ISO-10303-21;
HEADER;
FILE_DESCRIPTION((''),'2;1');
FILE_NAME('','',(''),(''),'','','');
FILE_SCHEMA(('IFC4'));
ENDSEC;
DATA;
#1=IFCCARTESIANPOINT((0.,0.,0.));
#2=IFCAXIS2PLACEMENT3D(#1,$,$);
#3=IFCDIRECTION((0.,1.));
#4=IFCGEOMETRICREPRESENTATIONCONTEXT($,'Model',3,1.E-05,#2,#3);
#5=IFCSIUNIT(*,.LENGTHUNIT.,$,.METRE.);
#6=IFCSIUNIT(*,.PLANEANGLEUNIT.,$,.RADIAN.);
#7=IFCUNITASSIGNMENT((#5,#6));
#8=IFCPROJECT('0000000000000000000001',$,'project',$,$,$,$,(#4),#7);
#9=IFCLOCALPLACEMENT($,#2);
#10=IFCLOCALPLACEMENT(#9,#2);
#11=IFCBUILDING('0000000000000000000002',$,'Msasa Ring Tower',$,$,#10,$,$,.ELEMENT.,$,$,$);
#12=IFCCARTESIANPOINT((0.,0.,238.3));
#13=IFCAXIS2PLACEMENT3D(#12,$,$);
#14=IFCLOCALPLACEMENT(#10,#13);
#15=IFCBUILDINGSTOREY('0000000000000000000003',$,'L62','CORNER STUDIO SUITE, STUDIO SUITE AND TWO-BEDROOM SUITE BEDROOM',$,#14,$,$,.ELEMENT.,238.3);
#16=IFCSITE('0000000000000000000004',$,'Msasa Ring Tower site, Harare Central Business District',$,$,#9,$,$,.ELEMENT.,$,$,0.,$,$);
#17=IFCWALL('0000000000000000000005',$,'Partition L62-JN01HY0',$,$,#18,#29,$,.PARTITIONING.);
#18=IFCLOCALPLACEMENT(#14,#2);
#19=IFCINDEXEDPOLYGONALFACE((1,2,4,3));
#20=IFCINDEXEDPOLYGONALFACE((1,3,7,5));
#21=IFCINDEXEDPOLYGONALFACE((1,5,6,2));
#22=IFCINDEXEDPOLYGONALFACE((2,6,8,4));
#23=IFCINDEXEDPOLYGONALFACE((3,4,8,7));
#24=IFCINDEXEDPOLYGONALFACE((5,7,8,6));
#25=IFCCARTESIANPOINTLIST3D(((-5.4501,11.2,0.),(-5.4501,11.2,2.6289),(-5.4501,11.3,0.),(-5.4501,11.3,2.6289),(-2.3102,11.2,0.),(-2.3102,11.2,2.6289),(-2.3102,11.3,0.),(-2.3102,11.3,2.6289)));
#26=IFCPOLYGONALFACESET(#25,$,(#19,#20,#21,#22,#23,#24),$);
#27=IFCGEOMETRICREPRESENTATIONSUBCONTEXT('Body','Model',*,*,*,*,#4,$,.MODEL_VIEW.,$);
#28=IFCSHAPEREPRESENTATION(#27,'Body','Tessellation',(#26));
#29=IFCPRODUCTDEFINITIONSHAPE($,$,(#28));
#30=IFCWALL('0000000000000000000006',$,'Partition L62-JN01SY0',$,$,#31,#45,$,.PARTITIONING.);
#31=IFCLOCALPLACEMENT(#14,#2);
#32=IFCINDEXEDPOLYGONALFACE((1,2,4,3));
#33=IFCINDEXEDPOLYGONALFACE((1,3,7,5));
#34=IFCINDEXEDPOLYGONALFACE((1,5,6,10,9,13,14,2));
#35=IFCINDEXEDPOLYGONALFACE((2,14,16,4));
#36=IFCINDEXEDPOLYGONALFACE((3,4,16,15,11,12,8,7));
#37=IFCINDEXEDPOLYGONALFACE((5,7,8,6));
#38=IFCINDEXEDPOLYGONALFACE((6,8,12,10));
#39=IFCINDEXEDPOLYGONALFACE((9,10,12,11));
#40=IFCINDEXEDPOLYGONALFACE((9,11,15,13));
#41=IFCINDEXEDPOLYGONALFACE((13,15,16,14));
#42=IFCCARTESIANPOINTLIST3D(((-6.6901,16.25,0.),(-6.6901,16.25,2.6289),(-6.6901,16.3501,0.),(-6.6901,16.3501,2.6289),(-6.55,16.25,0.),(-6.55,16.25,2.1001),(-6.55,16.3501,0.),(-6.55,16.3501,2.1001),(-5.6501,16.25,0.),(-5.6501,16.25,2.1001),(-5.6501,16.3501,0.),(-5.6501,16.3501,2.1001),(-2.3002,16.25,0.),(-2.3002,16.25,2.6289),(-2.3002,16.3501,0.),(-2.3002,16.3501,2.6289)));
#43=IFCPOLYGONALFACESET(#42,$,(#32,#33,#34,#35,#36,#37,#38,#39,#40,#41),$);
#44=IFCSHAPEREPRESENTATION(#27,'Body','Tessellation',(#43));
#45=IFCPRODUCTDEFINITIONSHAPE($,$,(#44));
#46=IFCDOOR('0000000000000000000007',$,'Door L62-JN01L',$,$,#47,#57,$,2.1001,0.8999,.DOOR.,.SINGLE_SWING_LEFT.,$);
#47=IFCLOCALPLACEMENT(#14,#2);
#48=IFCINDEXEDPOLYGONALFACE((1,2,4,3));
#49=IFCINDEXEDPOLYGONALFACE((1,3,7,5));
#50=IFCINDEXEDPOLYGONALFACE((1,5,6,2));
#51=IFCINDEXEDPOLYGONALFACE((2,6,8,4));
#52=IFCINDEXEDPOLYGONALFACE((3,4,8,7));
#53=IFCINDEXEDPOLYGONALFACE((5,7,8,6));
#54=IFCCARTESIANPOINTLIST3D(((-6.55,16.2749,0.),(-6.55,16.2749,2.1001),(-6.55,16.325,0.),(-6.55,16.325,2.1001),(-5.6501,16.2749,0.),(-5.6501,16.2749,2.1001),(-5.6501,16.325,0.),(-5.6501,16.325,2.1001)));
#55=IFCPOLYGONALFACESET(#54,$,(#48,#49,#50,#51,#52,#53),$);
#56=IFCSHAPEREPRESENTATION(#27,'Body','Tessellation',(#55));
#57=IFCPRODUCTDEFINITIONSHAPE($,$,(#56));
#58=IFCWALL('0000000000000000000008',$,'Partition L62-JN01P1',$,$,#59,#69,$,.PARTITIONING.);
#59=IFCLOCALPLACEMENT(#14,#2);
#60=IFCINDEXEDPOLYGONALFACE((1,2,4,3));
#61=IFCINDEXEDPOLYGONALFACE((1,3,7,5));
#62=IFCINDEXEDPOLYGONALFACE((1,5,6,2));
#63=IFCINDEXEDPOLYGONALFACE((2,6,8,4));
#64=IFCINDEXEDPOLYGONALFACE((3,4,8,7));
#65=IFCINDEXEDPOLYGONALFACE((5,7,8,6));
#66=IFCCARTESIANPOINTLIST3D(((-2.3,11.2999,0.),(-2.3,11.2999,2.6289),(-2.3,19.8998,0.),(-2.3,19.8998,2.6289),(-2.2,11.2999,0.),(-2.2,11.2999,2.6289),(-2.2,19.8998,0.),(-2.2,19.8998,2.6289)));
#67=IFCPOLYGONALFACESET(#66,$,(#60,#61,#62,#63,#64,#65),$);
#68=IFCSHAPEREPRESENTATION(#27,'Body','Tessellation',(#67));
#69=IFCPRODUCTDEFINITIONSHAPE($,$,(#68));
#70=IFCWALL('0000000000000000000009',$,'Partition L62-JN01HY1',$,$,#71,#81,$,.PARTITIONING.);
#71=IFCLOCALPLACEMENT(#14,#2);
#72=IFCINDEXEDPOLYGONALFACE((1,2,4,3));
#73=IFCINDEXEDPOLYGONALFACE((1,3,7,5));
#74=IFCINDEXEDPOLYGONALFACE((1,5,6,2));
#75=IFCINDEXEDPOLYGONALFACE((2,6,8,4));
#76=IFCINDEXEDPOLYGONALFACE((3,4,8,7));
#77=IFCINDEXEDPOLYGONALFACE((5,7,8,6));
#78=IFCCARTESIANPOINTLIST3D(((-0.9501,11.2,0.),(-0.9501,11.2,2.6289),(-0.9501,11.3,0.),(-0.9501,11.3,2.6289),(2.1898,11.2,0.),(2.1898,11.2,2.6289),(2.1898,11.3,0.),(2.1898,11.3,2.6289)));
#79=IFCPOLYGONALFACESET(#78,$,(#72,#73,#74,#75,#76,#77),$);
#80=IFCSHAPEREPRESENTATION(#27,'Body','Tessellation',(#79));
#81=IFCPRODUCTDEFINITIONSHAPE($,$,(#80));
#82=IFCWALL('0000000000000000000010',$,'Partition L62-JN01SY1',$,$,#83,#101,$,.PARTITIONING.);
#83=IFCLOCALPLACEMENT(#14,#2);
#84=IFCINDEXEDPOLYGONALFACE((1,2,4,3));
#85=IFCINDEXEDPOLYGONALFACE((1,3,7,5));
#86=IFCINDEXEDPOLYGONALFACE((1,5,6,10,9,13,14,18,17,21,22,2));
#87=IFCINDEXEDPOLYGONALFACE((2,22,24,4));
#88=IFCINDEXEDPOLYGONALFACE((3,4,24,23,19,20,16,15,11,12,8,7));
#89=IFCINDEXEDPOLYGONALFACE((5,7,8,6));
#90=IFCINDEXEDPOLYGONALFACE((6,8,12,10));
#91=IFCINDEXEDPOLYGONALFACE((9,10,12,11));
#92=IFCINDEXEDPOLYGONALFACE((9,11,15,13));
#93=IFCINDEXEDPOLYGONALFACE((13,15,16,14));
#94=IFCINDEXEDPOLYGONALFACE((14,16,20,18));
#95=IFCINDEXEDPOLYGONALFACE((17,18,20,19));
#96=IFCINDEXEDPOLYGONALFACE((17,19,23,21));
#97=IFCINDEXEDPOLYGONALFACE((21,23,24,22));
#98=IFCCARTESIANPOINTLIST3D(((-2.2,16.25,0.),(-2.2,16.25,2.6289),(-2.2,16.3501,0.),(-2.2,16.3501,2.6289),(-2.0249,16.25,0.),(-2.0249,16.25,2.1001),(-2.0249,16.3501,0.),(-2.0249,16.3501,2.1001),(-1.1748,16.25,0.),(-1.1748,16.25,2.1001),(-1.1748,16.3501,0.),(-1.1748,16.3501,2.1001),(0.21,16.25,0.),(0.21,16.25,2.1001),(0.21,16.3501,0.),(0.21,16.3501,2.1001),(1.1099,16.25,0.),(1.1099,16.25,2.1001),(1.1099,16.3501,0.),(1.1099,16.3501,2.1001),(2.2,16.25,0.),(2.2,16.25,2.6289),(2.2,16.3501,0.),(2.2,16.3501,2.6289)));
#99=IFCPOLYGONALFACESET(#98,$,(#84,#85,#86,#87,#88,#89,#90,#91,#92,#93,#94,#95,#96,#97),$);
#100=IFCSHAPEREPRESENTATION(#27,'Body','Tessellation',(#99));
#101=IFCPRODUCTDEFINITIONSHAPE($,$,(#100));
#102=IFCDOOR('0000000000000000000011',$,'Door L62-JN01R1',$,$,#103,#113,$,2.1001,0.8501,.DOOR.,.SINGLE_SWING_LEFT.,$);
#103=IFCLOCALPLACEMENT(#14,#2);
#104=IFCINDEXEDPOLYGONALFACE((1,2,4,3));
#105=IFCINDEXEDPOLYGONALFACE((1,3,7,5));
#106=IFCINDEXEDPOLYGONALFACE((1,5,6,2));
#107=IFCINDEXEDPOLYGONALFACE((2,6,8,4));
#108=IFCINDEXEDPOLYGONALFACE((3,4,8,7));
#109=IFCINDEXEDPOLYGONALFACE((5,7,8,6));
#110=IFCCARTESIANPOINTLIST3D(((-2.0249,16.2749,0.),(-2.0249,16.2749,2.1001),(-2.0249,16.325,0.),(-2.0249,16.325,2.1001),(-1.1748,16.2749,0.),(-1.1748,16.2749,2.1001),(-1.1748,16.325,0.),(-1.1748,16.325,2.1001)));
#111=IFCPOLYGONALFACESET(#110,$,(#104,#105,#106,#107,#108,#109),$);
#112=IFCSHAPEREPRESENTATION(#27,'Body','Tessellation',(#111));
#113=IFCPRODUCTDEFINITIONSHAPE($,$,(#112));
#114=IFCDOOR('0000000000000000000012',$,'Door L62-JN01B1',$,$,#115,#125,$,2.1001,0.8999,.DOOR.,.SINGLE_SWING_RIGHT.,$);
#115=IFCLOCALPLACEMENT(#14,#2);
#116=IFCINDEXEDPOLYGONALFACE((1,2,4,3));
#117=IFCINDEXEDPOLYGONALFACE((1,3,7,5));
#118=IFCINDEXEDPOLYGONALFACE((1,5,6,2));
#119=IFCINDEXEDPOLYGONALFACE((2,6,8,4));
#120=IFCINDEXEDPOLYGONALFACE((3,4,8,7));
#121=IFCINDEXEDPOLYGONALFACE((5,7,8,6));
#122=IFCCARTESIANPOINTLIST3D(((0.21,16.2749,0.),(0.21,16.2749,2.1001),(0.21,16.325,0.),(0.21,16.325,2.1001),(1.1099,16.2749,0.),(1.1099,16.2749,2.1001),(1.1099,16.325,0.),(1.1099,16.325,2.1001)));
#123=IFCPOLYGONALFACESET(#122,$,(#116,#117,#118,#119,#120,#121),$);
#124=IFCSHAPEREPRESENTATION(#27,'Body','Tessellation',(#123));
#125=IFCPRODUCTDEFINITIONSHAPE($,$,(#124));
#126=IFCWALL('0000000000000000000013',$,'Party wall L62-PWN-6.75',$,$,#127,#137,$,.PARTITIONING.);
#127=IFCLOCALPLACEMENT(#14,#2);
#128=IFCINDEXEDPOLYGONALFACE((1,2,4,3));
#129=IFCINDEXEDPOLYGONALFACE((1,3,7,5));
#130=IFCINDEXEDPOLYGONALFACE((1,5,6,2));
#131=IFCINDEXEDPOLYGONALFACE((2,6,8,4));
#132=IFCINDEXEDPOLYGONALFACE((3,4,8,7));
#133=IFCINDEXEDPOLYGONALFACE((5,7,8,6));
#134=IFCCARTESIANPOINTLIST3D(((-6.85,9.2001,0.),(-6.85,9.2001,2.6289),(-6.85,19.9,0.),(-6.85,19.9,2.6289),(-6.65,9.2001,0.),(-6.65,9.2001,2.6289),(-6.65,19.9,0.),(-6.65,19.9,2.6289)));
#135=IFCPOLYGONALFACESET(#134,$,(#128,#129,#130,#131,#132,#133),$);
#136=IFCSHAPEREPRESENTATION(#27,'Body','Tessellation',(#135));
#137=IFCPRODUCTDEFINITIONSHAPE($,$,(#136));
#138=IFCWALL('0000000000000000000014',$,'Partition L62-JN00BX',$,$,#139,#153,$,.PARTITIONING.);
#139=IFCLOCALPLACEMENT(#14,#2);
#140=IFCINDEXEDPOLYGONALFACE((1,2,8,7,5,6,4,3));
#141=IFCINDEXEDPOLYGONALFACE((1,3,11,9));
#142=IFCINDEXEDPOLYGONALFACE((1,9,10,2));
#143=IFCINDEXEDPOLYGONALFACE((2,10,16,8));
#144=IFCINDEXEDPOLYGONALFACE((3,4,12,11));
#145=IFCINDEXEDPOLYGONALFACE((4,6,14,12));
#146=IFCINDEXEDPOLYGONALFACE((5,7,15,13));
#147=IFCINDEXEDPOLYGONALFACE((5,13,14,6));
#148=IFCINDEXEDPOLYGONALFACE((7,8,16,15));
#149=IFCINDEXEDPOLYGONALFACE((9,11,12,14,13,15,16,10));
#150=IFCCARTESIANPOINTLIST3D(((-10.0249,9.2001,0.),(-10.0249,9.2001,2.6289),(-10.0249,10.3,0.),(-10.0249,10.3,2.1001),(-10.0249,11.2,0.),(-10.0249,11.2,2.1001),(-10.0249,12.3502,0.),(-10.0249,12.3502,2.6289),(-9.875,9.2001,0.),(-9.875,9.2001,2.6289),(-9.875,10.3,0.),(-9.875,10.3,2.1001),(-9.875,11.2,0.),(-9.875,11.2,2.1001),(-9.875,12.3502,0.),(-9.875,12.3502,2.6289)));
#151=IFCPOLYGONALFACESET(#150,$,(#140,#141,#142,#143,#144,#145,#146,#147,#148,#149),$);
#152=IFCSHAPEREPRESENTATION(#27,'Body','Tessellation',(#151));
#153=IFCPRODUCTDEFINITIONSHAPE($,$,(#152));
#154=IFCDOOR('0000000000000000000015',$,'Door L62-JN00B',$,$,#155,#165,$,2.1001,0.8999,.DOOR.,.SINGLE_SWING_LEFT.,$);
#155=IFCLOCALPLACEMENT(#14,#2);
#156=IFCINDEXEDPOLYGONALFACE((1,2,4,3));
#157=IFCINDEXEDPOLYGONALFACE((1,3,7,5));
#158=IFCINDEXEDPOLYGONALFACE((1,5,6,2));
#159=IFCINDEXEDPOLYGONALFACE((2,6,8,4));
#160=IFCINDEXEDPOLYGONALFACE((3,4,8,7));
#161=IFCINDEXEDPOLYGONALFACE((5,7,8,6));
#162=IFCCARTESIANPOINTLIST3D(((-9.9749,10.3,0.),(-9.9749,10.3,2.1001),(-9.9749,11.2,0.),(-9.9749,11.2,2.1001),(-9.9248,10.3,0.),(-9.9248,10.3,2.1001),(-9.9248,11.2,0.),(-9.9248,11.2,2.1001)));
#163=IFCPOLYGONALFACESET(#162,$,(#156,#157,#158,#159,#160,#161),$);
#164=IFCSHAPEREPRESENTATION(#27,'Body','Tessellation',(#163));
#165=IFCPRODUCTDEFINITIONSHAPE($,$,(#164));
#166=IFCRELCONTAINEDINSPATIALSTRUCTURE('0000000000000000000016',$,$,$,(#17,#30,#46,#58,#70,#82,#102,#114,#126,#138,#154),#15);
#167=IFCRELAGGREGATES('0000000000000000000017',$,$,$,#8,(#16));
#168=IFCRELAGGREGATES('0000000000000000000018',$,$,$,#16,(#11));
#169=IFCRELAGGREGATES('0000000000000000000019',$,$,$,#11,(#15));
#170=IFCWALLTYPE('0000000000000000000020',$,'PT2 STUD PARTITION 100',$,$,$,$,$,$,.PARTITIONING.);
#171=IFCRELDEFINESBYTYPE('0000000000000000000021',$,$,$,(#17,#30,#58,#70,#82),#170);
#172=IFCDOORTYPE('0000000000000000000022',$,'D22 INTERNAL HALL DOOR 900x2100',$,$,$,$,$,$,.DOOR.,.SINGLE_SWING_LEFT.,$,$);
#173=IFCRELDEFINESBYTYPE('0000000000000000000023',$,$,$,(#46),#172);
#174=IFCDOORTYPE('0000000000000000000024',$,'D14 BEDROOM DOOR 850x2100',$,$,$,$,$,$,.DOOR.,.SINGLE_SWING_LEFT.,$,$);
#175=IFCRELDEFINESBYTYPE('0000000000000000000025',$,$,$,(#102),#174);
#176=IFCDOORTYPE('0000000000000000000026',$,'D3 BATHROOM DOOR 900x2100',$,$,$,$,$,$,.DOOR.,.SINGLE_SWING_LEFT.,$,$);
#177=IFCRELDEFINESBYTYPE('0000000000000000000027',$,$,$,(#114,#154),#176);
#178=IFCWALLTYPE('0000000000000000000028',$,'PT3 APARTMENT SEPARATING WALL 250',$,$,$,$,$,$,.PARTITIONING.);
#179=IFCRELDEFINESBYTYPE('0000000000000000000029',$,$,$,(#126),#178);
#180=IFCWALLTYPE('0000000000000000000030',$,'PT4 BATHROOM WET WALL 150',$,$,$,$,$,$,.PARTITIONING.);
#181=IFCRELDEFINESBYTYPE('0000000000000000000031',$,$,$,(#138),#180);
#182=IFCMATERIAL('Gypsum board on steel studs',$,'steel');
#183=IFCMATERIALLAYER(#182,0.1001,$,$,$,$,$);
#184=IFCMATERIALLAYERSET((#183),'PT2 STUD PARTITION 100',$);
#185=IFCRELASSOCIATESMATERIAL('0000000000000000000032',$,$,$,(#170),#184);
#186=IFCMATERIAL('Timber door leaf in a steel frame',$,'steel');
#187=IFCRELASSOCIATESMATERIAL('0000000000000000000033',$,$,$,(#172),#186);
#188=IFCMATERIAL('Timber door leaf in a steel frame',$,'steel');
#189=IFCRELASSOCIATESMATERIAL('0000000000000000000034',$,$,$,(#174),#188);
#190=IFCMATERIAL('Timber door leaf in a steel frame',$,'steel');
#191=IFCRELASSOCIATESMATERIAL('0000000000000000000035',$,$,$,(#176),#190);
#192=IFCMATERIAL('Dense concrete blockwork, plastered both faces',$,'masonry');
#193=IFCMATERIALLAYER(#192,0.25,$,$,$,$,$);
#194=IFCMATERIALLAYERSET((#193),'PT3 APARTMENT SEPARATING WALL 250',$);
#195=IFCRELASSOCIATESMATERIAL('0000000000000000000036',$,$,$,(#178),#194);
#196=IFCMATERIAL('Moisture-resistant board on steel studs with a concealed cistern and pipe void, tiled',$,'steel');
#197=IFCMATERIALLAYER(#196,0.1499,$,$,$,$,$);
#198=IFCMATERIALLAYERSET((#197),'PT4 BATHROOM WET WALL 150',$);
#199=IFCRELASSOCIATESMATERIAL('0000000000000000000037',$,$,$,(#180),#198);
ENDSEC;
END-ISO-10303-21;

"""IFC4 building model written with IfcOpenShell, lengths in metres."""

from ifc_helpers import new_model, si_unit, direction, frame, frame_2d, origin, place, context, subcontext, project, spatial, rectangle, extrude, material, layer, layer_set, type_object, element, fill, save


model = new_model("IFC4")

# Units and contexts
model_context = context("Model", 3, precision=1e-05, world=origin(), true_north=direction((0.0, 1.0)))
body_context = subcontext(model_context, "Body", "Model", "MODEL_VIEW")
ifc_project = project(units=[si_unit("LENGTHUNIT", "METRE"), si_unit("PLANEANGLEUNIT", "RADIAN")], contexts=[model_context])

# Site, building, storey
site_placement = place(None, origin())
site = spatial("IfcSite", under=ifc_project, at=site_placement, Name="Msasa Ring Tower site, Harare Central Business District", CompositionType="ELEMENT", RefElevation=0.0)
building_placement = place(site_placement, origin())
building = spatial("IfcBuilding", under=site, at=building_placement, Name="Msasa Ring Tower", CompositionType="ELEMENT")
storey_placement = place(building_placement, frame((0.0, 0.0, 238.3)))
storey = spatial("IfcBuildingStorey", under=building, at=storey_placement, Name="L62", Description="CORNER STUDIO SUITE, STUDIO SUITE AND TWO-BEDROOM SUITE BEDROOM", CompositionType="ELEMENT", Elevation=238.3)

# Wall
ifc_material_1 = material(Name="Gypsum board on steel studs", Category="steel")
ifc_layer_1 = layer(ifc_material_1, 0.1001)
ifc_layer_set_1 = layer_set([ifc_layer_1], Name="PT2 STUD PARTITION 100")
wall_type_1 = type_object("IfcWallType", Name="PT2 STUD PARTITION 100", PredefinedType="PARTITIONING", material=ifc_layer_set_1)
wall_1_placement = place(storey_placement, frame((-5.45, 11.25, 0.0), z_axis=(0.0, 0.0, 1.0), x_axis=(1.0, 0.0, 0.0)))
element("IfcWall", 1, at=wall_1_placement, inside=storey, type_object=wall_type_1, Name="Partition L62-JN01HY0", PredefinedType="PARTITIONING", context=body_context, shape_type="SweptSolid", body=[
    extrude(rectangle(XDim=3.1399, YDim=0.1001, at=frame_2d((1.5698, 0.0))), origin(), (0.0, 0.0, 1.0), 2.6289),
])

# Wall, opening, door
wall_2_placement = place(storey_placement, frame((-6.6899, 16.3, 0.0), z_axis=(0.0, 0.0, 1.0), x_axis=(1.0, 0.0, 0.0)))
wall_2 = element("IfcWall", 2, at=wall_2_placement, inside=storey, type_object=wall_type_1, Name="Partition L62-JN01SY0", PredefinedType="PARTITIONING", context=body_context, shape_type="SweptSolid", body=[
    extrude(rectangle(XDim=4.3899, YDim=0.1001, at=frame_2d((2.1948, 0.0))), origin(), (0.0, 0.0, 1.0), 2.6289),
])
opening_1_placement = place(wall_2_placement, frame((0.1399, 0.0, 0.0)))
opening_1 = element("IfcOpeningElement", 3, at=opening_1_placement, cuts=wall_2, PredefinedType="OPENING", context=body_context, shape_type="SweptSolid", body=[
    extrude(rectangle(XDim=0.8999, YDim=2.1001, at=frame_2d((0.45, 1.05))), frame((0.0, 0.0601, 0.0), z_axis=(0.0, -1.0, 0.0), x_axis=(1.0, 0.0, 0.0)), (0.0, 0.0, 1.0), 0.1201),
])
ifc_material_2 = material(Name="Timber door leaf in a steel frame", Category="steel")
door_type_1 = type_object("IfcDoorType", Name="D22 INTERNAL HALL DOOR 900x2100", OperationType="SINGLE_SWING_LEFT", PredefinedType="DOOR", material=ifc_material_2)
door_1_placement = place(opening_1_placement, origin())
door_1 = element("IfcDoor", 4, at=door_1_placement, inside=storey, type_object=door_type_1, Name="Door L62-JN01L", OperationType="SINGLE_SWING_LEFT", OverallHeight=2.1001, OverallWidth=0.8999, PredefinedType="DOOR", context=body_context, shape_type="SweptSolid", body=[
    extrude(rectangle(XDim=0.8999, YDim=2.1001, at=frame_2d((0.45, 1.05))), frame((0.0, 0.0249, 0.0), z_axis=(0.0, -1.0, 0.0), x_axis=(1.0, 0.0, 0.0)), (0.0, 0.0, 1.0), 0.05),
])
fill(opening_1, door_1)

# Walls
wall_3_placement = place(storey_placement, frame((-2.25, 11.3, 0.0), z_axis=(0.0, 0.0, 1.0), x_axis=(0.0, 1.0, 0.0)))
element("IfcWall", 5, at=wall_3_placement, inside=storey, type_object=wall_type_1, Name="Partition L62-JN01P1", PredefinedType="PARTITIONING", context=body_context, shape_type="SweptSolid", body=[
    extrude(rectangle(XDim=8.5999, YDim=0.1001, at=frame_2d((4.2998, 0.0))), origin(), (0.0, 0.0, 1.0), 2.6289),
])
wall_4_placement = place(storey_placement, frame((-0.95, 11.25, 0.0), z_axis=(0.0, 0.0, 1.0), x_axis=(1.0, 0.0, 0.0)))
element("IfcWall", 6, at=wall_4_placement, inside=storey, type_object=wall_type_1, Name="Partition L62-JN01HY1", PredefinedType="PARTITIONING", context=body_context, shape_type="SweptSolid", body=[
    extrude(rectangle(XDim=3.1399, YDim=0.1001, at=frame_2d((1.5698, 0.0))), origin(), (0.0, 0.0, 1.0), 2.6289),
])

# Wall, openings, doors
wall_5_placement = place(storey_placement, frame((-2.2, 16.3, 0.0), z_axis=(0.0, 0.0, 1.0), x_axis=(1.0, 0.0, 0.0)))
wall_5 = element("IfcWall", 7, at=wall_5_placement, inside=storey, type_object=wall_type_1, Name="Partition L62-JN01SY1", PredefinedType="PARTITIONING", context=body_context, shape_type="SweptSolid", body=[
    extrude(rectangle(XDim=4.3999, YDim=0.1001, at=frame_2d((2.2, 0.0))), origin(), (0.0, 0.0, 1.0), 2.6289),
])
opening_2_placement = place(wall_5_placement, frame((0.175, 0.0, 0.0)))
opening_2 = element("IfcOpeningElement", 8, at=opening_2_placement, cuts=wall_5, PredefinedType="OPENING", context=body_context, shape_type="SweptSolid", body=[
    extrude(rectangle(XDim=0.8501, YDim=2.1001, at=frame_2d((0.425, 1.05))), frame((0.0, 0.0601, 0.0), z_axis=(0.0, -1.0, 0.0), x_axis=(1.0, 0.0, 0.0)), (0.0, 0.0, 1.0), 0.1201),
])
opening_3_placement = place(wall_5_placement, frame((2.4099, 0.0, 0.0)))
opening_3 = element("IfcOpeningElement", 9, at=opening_3_placement, cuts=wall_5, PredefinedType="OPENING", context=body_context, shape_type="SweptSolid", body=[
    extrude(rectangle(XDim=0.8999, YDim=2.1001, at=frame_2d((0.45, 1.05))), frame((0.0, 0.0601, 0.0), z_axis=(0.0, -1.0, 0.0), x_axis=(1.0, 0.0, 0.0)), (0.0, 0.0, 1.0), 0.1201),
])
ifc_material_3 = material(Name="Timber door leaf in a steel frame", Category="steel")
door_type_2 = type_object("IfcDoorType", Name="D14 BEDROOM DOOR 850x2100", OperationType="SINGLE_SWING_LEFT", PredefinedType="DOOR", material=ifc_material_3)
door_2_placement = place(opening_2_placement, origin())
door_2 = element("IfcDoor", 10, at=door_2_placement, inside=storey, type_object=door_type_2, Name="Door L62-JN01R1", OperationType="SINGLE_SWING_LEFT", OverallHeight=2.1001, OverallWidth=0.8501, PredefinedType="DOOR", context=body_context, shape_type="SweptSolid", body=[
    extrude(rectangle(XDim=0.8501, YDim=2.1001, at=frame_2d((0.425, 1.05))), frame((0.0, 0.0249, 0.0), z_axis=(0.0, -1.0, 0.0), x_axis=(1.0, 0.0, 0.0)), (0.0, 0.0, 1.0), 0.05),
])
fill(opening_2, door_2)
ifc_material_4 = material(Name="Timber door leaf in a steel frame", Category="steel")
door_type_3 = type_object("IfcDoorType", Name="D3 BATHROOM DOOR 900x2100", OperationType="SINGLE_SWING_LEFT", PredefinedType="DOOR", material=ifc_material_4)
door_3_placement = place(opening_3_placement, origin())
door_3 = element("IfcDoor", 11, at=door_3_placement, inside=storey, type_object=door_type_3, Name="Door L62-JN01B1", OperationType="SINGLE_SWING_RIGHT", OverallHeight=2.1001, OverallWidth=0.8999, PredefinedType="DOOR", context=body_context, shape_type="SweptSolid", body=[
    extrude(rectangle(XDim=0.8999, YDim=2.1001, at=frame_2d((0.45, 1.05))), frame((0.0, 0.0249, 0.0), z_axis=(0.0, -1.0, 0.0), x_axis=(1.0, 0.0, 0.0)), (0.0, 0.0, 1.0), 0.05),
])
fill(opening_3, door_3)

# Wall
ifc_material_5 = material(Name="Dense concrete blockwork, plastered both faces", Category="masonry")
ifc_layer_2 = layer(ifc_material_5, 0.25)
ifc_layer_set_2 = layer_set([ifc_layer_2], Name="PT3 APARTMENT SEPARATING WALL 250")
wall_type_2 = type_object("IfcWallType", Name="PT3 APARTMENT SEPARATING WALL 250", PredefinedType="PARTITIONING", material=ifc_layer_set_2)
wall_6_placement = place(storey_placement, frame((-6.75, 9.2, 0.0), z_axis=(0.0, 0.0, 1.0), x_axis=(0.0, 1.0, 0.0)))
element("IfcWall", 12, at=wall_6_placement, inside=storey, type_object=wall_type_2, Name="Party wall L62-PWN-6.75", PredefinedType="PARTITIONING", context=body_context, shape_type="SweptSolid", body=[
    extrude(rectangle(XDim=10.7, YDim=0.2, at=frame_2d((5.3501, 0.0))), origin(), (0.0, 0.0, 1.0), 2.6289),
])

# Wall, opening, door
ifc_material_6 = material(Name="Moisture-resistant board on steel studs with a concealed cistern and pipe void, tiled", Category="steel")
ifc_layer_3 = layer(ifc_material_6, 0.1499)
ifc_layer_set_3 = layer_set([ifc_layer_3], Name="PT4 BATHROOM WET WALL 150")
wall_type_3 = type_object("IfcWallType", Name="PT4 BATHROOM WET WALL 150", PredefinedType="PARTITIONING", material=ifc_layer_set_3)
wall_7_placement = place(storey_placement, frame((-9.95, 9.2, 0.0), z_axis=(0.0, 0.0, 1.0), x_axis=(0.0, 1.0, 0.0)))
wall_7 = element("IfcWall", 13, at=wall_7_placement, inside=storey, type_object=wall_type_3, Name="Partition L62-JN00BX", PredefinedType="PARTITIONING", context=body_context, shape_type="SweptSolid", body=[
    extrude(rectangle(XDim=3.1501, YDim=0.1499, at=frame_2d((1.5752, 0.0))), origin(), (0.0, 0.0, 1.0), 2.6289),
])
opening_4_placement = place(wall_7_placement, frame((1.1001, 0.0, 0.0)))
opening_4 = element("IfcOpeningElement", 14, at=opening_4_placement, cuts=wall_7, PredefinedType="OPENING", context=body_context, shape_type="SweptSolid", body=[
    extrude(rectangle(XDim=0.8999, YDim=2.1001, at=frame_2d((0.45, 1.05))), frame((0.0, 0.085, 0.0), z_axis=(0.0, -1.0, 0.0), x_axis=(1.0, 0.0, 0.0)), (0.0, 0.0, 1.0), 0.1699),
])
door_4_placement = place(opening_4_placement, origin())
door_4 = element("IfcDoor", 15, at=door_4_placement, inside=storey, type_object=door_type_3, Name="Door L62-JN00B", OperationType="SINGLE_SWING_LEFT", OverallHeight=2.1001, OverallWidth=0.8999, PredefinedType="DOOR", context=body_context, shape_type="SweptSolid", body=[
    extrude(rectangle(XDim=0.8999, YDim=2.1001, at=frame_2d((0.45, 1.05))), frame((0.0, 0.0249, 0.0), z_axis=(0.0, -1.0, 0.0), x_axis=(1.0, 0.0, 0.0)), (0.0, 0.0, 1.0), 0.05),
])
fill(opening_4, door_4)

save(model, "model.ifc")
